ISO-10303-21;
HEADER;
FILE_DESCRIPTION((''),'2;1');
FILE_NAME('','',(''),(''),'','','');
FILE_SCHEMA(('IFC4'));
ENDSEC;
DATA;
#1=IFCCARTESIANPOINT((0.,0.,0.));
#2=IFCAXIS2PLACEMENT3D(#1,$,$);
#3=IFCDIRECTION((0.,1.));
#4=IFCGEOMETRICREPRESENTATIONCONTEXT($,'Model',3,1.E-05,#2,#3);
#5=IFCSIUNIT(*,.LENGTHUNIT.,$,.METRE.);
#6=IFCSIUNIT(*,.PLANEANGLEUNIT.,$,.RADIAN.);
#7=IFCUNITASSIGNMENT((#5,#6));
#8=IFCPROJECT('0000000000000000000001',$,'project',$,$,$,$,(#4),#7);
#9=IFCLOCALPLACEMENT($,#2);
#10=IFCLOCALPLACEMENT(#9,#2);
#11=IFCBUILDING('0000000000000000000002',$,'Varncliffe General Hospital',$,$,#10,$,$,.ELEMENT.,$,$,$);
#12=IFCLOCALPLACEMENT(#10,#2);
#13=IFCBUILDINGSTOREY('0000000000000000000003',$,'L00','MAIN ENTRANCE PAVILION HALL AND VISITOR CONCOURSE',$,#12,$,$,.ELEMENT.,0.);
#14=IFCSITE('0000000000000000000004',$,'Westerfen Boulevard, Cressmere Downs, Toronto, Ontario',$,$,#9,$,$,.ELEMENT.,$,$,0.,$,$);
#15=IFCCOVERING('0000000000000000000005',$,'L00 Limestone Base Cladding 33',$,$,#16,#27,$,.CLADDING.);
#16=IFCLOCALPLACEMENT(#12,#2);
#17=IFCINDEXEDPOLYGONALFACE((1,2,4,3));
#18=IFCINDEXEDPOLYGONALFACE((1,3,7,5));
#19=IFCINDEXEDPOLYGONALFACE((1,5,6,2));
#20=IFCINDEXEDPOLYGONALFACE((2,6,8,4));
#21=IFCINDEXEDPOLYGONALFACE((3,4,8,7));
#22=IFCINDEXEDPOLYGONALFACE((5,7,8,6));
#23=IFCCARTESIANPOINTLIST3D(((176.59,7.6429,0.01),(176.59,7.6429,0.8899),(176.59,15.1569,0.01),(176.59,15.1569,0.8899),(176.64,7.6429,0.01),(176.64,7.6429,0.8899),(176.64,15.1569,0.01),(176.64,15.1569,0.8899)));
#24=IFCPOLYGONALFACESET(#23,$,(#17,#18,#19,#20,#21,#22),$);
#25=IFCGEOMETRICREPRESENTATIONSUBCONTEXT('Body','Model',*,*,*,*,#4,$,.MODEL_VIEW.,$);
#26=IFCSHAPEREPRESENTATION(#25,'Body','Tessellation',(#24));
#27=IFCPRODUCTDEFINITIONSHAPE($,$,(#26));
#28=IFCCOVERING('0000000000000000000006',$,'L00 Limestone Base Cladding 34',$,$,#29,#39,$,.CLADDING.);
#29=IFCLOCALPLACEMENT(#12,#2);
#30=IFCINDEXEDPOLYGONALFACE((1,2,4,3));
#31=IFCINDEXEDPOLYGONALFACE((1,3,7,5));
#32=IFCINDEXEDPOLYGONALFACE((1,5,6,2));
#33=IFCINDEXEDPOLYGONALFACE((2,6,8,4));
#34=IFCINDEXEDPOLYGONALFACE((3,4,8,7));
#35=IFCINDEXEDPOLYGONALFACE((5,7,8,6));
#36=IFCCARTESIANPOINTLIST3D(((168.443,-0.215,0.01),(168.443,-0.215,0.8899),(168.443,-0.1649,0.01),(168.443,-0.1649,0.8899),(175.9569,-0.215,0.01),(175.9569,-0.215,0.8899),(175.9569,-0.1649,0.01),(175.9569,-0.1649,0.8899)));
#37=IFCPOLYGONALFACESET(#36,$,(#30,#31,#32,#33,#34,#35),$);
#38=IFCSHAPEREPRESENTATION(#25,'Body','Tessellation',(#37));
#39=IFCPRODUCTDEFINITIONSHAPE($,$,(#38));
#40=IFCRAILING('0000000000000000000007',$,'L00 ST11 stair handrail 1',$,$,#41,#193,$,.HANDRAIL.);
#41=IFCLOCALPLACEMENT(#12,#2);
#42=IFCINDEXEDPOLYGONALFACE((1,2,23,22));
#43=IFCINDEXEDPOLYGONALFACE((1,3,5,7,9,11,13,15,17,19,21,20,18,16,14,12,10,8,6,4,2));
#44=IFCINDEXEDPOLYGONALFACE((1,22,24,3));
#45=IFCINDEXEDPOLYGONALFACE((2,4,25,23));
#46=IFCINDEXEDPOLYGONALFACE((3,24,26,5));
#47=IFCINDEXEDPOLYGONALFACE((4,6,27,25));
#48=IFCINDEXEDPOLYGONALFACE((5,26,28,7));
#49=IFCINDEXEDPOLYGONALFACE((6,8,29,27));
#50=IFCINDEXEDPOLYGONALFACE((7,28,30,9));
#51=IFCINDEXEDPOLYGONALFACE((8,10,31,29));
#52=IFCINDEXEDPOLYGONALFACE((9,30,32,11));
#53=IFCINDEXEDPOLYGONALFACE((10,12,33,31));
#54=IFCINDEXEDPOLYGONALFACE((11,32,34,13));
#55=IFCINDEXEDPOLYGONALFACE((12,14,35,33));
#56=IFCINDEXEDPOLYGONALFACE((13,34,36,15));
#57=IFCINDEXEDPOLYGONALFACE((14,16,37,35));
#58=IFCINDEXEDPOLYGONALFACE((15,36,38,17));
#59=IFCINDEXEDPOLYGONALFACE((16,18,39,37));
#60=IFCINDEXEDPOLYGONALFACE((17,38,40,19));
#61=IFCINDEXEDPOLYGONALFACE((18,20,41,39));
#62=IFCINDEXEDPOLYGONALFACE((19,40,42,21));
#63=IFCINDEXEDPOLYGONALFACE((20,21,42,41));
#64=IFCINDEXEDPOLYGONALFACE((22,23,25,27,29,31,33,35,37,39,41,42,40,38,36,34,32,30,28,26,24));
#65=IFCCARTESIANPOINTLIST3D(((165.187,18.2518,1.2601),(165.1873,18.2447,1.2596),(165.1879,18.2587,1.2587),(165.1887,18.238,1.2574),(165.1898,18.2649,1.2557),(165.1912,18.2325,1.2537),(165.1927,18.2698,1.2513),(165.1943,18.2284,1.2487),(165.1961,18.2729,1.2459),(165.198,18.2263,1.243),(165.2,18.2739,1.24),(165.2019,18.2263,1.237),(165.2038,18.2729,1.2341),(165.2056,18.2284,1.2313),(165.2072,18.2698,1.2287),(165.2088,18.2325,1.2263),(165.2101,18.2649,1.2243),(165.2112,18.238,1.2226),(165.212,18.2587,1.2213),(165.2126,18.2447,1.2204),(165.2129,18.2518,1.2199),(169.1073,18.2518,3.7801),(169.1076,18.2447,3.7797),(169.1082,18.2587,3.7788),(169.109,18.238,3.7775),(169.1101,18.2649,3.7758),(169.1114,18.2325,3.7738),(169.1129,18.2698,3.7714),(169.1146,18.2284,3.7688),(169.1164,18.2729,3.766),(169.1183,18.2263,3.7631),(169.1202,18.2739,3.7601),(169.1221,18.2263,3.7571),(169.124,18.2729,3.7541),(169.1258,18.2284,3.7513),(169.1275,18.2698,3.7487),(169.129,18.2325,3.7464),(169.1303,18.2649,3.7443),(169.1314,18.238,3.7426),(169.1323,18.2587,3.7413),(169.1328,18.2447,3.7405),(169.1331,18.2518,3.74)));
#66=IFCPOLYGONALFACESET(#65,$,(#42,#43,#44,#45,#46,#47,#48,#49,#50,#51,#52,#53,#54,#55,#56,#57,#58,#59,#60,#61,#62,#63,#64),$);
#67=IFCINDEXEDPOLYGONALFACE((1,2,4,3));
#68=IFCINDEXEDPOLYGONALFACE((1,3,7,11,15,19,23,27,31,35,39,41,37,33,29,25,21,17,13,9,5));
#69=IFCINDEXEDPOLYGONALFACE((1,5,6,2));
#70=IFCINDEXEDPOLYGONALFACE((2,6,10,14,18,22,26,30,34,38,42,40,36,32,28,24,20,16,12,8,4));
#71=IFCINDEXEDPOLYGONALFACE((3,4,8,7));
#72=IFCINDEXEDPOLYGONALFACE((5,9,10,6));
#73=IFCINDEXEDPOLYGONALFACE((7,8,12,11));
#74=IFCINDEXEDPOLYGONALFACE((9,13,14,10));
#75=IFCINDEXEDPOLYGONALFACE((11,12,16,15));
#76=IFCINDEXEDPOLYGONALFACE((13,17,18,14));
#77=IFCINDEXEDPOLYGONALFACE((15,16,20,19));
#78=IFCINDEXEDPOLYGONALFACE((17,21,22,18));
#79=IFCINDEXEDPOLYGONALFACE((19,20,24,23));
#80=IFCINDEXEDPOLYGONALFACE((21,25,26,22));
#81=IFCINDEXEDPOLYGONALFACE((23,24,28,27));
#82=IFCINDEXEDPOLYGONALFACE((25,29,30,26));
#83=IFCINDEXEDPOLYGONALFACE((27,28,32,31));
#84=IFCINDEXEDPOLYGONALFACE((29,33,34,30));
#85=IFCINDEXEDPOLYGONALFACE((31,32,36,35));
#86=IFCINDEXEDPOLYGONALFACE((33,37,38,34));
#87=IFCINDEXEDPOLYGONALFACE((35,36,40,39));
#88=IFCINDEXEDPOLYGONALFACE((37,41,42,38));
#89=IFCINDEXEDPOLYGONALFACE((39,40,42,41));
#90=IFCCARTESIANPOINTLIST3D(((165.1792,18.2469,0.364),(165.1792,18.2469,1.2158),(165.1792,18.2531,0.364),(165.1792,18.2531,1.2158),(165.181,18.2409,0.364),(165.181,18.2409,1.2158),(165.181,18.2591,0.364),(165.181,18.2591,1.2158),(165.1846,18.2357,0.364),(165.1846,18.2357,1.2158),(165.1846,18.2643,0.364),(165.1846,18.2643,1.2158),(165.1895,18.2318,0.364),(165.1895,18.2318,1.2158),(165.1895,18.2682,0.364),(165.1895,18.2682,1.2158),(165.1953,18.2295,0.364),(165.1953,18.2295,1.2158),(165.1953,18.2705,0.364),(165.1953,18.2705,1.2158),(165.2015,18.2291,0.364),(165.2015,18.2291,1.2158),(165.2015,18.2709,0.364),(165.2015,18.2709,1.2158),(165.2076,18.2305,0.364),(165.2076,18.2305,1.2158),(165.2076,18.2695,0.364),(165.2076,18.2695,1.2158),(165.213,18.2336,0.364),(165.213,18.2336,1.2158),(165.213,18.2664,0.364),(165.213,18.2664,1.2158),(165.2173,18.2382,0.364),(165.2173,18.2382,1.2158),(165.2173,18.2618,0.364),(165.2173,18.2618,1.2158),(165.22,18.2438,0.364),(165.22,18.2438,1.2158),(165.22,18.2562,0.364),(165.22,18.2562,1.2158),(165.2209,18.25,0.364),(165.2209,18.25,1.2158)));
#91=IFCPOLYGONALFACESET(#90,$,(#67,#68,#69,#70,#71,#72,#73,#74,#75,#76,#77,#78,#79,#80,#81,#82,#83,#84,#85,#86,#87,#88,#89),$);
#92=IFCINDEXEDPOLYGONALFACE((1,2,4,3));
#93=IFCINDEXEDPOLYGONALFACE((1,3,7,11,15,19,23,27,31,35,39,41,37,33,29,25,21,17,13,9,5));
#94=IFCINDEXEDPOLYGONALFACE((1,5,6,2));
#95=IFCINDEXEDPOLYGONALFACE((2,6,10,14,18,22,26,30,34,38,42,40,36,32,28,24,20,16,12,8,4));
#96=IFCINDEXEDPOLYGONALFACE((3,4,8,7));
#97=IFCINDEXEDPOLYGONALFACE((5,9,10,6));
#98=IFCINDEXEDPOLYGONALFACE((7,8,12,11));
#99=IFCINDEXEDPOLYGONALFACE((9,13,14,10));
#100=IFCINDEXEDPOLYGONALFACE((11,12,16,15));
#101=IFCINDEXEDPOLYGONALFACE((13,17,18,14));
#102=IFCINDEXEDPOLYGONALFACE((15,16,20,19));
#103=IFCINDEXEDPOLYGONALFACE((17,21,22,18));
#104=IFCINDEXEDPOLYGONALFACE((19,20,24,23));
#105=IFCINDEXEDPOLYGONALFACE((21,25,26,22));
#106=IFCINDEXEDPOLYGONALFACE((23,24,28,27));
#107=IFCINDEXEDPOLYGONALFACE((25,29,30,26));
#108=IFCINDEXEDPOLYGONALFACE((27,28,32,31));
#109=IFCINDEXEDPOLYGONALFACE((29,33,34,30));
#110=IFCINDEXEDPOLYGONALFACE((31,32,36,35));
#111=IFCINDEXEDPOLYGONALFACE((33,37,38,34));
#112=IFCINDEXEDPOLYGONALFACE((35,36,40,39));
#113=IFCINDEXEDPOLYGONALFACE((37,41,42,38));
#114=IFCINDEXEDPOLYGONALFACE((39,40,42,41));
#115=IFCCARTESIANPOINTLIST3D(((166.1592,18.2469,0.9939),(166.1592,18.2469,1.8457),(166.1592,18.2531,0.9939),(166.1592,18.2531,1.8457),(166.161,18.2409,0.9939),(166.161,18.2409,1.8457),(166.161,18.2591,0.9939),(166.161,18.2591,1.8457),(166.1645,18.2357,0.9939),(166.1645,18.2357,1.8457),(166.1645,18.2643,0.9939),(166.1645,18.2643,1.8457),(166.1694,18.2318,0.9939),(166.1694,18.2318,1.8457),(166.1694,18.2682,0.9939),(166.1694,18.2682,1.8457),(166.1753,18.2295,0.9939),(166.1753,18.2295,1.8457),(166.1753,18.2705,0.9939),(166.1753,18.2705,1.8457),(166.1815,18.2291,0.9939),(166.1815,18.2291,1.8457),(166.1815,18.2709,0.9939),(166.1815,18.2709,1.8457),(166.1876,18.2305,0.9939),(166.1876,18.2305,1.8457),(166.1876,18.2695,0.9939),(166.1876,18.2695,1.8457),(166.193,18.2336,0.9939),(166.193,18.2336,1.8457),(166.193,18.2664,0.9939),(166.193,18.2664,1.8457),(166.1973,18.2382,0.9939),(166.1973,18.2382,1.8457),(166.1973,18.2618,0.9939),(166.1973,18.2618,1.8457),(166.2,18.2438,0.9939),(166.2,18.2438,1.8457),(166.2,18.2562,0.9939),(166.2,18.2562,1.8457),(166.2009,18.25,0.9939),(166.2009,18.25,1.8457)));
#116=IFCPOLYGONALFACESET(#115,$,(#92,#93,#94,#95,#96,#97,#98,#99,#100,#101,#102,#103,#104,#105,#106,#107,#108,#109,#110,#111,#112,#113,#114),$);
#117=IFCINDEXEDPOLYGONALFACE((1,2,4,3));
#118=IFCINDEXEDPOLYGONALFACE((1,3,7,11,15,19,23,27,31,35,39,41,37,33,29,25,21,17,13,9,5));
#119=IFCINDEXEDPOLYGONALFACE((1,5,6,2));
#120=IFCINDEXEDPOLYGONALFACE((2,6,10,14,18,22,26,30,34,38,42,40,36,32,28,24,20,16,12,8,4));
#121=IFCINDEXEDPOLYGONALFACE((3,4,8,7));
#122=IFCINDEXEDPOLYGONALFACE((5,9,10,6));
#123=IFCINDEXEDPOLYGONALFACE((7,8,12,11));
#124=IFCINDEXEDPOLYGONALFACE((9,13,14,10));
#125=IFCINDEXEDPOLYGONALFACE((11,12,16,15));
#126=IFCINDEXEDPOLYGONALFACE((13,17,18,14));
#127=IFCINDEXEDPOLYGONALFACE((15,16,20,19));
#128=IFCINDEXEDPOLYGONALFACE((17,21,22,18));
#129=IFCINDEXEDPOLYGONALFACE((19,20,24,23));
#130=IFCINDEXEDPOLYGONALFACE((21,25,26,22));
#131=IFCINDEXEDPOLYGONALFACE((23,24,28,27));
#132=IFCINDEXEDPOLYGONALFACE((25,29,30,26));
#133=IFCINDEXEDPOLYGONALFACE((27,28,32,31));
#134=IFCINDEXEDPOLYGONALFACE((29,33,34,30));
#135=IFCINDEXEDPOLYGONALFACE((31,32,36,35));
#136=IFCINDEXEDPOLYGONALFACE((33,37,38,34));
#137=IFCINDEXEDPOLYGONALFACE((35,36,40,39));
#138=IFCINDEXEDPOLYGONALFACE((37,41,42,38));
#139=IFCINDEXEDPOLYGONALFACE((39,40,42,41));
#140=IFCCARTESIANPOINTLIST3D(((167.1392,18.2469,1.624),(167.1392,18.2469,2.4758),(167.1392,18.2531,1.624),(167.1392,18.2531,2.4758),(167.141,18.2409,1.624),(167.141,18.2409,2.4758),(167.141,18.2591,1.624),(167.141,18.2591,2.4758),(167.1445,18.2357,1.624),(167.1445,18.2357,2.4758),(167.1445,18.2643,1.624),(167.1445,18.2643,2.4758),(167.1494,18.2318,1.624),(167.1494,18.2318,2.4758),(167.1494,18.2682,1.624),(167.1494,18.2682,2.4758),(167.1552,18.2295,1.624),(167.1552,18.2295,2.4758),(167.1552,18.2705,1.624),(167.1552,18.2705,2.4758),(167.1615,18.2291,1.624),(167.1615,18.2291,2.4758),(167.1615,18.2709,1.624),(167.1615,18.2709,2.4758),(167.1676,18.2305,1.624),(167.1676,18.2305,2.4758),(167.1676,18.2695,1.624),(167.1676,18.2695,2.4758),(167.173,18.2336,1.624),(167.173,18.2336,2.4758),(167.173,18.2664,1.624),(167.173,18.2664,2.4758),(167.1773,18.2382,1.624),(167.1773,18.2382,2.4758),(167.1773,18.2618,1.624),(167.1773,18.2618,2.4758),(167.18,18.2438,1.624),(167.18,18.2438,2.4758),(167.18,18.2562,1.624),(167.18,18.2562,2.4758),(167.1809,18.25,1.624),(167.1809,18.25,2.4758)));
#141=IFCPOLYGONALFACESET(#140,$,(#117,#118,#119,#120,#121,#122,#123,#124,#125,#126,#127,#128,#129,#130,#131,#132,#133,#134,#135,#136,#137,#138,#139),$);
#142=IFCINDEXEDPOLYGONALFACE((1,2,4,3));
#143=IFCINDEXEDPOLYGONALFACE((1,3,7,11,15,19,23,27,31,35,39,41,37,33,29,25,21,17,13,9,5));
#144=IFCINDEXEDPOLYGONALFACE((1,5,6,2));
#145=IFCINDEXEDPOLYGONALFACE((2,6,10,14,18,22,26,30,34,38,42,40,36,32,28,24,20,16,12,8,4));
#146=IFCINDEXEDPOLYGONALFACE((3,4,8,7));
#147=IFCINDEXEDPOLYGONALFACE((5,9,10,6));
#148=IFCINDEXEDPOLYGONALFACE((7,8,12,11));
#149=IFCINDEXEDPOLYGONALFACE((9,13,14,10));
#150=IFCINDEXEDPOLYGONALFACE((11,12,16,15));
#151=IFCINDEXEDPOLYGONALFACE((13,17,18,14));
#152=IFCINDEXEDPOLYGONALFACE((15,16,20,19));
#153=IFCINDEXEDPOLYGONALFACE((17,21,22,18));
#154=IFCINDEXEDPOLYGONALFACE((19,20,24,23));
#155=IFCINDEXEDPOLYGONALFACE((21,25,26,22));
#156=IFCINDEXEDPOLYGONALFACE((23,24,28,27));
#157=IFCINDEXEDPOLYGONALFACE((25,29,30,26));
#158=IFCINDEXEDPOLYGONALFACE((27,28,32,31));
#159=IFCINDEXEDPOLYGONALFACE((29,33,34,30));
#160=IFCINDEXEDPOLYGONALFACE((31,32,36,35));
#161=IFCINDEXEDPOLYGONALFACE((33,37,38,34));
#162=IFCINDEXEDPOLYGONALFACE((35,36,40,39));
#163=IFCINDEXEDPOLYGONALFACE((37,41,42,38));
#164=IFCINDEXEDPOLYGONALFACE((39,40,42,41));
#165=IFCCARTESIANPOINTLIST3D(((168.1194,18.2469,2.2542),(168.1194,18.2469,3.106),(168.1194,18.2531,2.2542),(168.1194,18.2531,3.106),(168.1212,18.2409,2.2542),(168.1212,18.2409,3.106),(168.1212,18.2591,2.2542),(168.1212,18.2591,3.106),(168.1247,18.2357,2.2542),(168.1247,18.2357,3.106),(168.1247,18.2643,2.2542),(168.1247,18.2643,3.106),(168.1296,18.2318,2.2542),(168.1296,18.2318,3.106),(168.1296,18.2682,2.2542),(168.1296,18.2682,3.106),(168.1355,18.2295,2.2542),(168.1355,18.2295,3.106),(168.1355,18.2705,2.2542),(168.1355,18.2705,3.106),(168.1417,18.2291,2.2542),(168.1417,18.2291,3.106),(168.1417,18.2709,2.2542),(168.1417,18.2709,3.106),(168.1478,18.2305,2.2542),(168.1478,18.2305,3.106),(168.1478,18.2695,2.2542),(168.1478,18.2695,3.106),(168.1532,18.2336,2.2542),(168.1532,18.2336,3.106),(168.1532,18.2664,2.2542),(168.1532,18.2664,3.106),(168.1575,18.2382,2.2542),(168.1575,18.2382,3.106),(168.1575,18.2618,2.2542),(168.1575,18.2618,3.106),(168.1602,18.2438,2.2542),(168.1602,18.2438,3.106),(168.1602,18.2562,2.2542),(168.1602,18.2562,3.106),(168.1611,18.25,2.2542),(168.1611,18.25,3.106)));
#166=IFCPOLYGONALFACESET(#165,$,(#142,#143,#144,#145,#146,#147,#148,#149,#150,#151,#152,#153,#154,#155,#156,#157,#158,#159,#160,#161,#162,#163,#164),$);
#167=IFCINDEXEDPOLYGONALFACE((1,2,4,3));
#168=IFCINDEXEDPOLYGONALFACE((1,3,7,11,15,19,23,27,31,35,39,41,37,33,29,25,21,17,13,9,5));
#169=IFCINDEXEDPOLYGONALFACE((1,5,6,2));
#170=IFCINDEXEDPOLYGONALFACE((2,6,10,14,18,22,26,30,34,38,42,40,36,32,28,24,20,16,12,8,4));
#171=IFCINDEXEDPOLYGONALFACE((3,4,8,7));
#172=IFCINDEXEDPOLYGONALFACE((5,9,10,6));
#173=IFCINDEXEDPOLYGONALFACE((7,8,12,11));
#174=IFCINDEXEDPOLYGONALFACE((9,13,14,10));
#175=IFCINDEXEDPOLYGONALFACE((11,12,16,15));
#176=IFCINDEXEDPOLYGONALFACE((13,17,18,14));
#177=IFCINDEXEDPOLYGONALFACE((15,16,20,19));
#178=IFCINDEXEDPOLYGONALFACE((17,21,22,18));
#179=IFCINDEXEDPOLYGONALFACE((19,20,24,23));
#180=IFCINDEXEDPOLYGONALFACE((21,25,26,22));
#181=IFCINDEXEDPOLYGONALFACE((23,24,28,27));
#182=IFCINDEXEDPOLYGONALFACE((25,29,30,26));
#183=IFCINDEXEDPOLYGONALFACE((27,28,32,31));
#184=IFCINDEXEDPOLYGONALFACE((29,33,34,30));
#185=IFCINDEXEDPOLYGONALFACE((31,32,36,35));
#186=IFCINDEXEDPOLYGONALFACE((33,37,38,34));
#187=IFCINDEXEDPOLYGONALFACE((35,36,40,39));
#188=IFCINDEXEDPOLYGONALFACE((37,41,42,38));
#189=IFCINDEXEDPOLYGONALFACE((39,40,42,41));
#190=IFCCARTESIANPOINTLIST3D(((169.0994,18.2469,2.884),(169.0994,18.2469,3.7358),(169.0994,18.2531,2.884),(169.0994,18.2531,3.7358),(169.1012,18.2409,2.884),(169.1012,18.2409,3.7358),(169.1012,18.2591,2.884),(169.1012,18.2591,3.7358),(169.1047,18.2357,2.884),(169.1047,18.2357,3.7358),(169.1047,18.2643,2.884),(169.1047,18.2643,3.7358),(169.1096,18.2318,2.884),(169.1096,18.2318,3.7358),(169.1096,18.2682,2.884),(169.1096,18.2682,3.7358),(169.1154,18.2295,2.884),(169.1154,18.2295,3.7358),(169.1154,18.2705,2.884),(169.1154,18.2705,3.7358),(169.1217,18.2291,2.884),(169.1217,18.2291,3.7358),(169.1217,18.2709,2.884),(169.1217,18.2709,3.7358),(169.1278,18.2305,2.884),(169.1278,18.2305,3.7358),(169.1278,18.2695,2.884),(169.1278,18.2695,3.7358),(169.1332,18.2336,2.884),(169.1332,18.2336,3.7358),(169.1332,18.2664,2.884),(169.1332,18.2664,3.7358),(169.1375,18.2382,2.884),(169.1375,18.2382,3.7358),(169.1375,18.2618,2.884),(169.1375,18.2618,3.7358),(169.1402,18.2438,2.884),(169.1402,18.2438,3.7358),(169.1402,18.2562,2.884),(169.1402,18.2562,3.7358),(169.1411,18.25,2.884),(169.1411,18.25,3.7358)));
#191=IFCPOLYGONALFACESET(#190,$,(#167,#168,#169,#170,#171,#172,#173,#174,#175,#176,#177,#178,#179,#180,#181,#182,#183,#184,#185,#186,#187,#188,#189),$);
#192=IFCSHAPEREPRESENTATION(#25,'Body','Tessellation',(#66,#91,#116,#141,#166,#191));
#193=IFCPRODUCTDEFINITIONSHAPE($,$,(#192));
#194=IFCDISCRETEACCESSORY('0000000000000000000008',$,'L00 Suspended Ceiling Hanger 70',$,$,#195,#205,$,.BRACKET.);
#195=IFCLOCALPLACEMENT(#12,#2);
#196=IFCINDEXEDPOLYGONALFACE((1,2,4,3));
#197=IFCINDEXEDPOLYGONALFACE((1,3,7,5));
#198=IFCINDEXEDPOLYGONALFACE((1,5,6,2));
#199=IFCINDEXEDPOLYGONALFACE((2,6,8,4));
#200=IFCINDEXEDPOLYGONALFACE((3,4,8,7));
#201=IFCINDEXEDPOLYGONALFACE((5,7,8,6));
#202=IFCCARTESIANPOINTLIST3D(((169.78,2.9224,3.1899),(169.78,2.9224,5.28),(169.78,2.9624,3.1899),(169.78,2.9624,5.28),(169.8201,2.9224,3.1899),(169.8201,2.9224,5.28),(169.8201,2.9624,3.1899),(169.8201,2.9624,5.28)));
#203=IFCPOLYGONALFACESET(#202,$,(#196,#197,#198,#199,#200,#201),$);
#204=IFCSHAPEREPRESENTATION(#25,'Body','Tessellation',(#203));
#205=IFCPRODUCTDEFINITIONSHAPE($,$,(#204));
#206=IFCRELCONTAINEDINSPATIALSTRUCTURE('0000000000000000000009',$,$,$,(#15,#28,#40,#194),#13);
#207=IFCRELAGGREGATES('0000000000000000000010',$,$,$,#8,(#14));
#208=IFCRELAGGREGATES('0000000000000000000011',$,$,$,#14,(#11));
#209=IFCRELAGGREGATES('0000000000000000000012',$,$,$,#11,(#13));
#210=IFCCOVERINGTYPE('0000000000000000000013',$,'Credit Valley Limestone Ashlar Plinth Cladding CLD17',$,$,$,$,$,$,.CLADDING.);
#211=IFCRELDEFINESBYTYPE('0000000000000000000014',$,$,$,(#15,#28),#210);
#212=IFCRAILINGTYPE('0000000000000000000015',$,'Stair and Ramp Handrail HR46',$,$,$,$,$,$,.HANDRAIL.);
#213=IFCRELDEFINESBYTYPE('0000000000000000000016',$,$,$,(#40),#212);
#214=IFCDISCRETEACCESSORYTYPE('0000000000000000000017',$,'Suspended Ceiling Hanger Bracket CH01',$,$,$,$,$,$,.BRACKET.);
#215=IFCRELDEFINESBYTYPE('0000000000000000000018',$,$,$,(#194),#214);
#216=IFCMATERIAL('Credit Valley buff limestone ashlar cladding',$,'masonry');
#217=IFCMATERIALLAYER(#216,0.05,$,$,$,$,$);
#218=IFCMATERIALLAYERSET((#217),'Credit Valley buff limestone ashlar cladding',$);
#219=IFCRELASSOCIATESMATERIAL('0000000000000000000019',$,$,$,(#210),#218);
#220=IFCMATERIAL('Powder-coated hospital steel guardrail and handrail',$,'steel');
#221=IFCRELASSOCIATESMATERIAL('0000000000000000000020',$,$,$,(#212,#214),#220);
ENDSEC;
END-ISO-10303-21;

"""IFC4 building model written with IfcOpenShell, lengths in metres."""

from ifc_helpers import new_model, si_unit, direction, frame, origin, origin_2d, place, context, subcontext, project, spatial, rectangle, circle, extrude, material, layer, layer_set, type_object, element, save


model = new_model("IFC4")

# Units and contexts
model_context = context("Model", 3, precision=1e-05, world=origin(), true_north=direction((0.0, 1.0)))
body_context = subcontext(model_context, "Body", "Model", "MODEL_VIEW")
ifc_project = project(units=[si_unit("LENGTHUNIT", "METRE"), si_unit("PLANEANGLEUNIT", "RADIAN")], contexts=[model_context])

# Site, building, storey
site_placement = place(None, origin())
site = spatial("IfcSite", under=ifc_project, at=site_placement, Name="Westerfen Boulevard, Cressmere Downs, Toronto, Ontario", CompositionType="ELEMENT", RefElevation=0.0)
building_placement = place(site_placement, origin())
building = spatial("IfcBuilding", under=site, at=building_placement, Name="Varncliffe General Hospital", CompositionType="ELEMENT")
storey_placement = place(building_placement, origin())
storey = spatial("IfcBuildingStorey", under=building, at=storey_placement, Name="L00", Description="MAIN ENTRANCE PAVILION HALL AND VISITOR CONCOURSE", CompositionType="ELEMENT", Elevation=0.0)

# Coverings
ifc_material_1 = material(Name="Credit Valley buff limestone ashlar cladding", Category="masonry")
ifc_layer_1 = layer(ifc_material_1, 0.05)
ifc_layer_set_1 = layer_set([ifc_layer_1], Name="Credit Valley buff limestone ashlar cladding")
covering_type = type_object("IfcCoveringType", Name="Credit Valley Limestone Ashlar Plinth Cladding CLD17", PredefinedType="CLADDING", material=ifc_layer_set_1)
for number, where, z_axis, x_axis, name in (
    (1, (176.615, 11.3999, 0.01), (0.0, 0.0, 1.0), (0.0, -1.0, 0.0), "L00 Limestone Base Cladding 33"),
    (2, (172.2, -0.1899, 0.01), (0.0, 0.0, 1.0), (-1.0, 0.0, 0.0), "L00 Limestone Base Cladding 34"),
):
    element("IfcCovering", number, at=place(storey_placement, frame(where, z_axis=z_axis, x_axis=x_axis)), inside=storey, type_object=covering_type, Name=name, PredefinedType="CLADDING", context=body_context, shape_type="SweptSolid", body=[
        extrude(rectangle(XDim=7.5139, YDim=0.05, at=origin_2d()), origin(), (0.0, 0.0, 1.0), 0.8799),
    ])

# Railing
ifc_material_2 = material(Name="Powder-coated hospital steel guardrail and handrail", Category="steel")
railing_type = type_object("IfcRailingType", Name="Stair and Ramp Handrail HR46", PredefinedType="HANDRAIL", material=ifc_material_2)
railing_placement = place(storey_placement, frame((165.2, 18.25, 0.364)))
element("IfcRailing", 3, at=railing_placement, inside=storey, type_object=railing_type, Name="L00 ST11 stair handrail 1", PredefinedType="HANDRAIL", context=body_context, shape_type="SweptSolid", body=[
    extrude(circle(Radius=0.0239, at=origin_2d()), frame((0.0, 0.0, 0.876), z_axis=(0.841187, 0.0, 0.540744), x_axis=(0.0, 1.0, 0.0)), (0.0, 0.0, 1.0), 4.6604),
    extrude(circle(Radius=0.021, at=origin_2d()), origin(), (0.0, 0.0, 1.0), 0.8518),
    extrude(circle(Radius=0.021, at=origin_2d()), frame((0.98, 0.0, 0.6299)), (0.0, 0.0, 1.0), 0.8518),
    extrude(circle(Radius=0.021, at=origin_2d()), frame((1.96, 0.0, 1.26)), (0.0, 0.0, 1.0), 0.8518),
    extrude(circle(Radius=0.021, at=origin_2d()), frame((2.9402, 0.0, 1.8901)), (0.0, 0.0, 1.0), 0.8518),
    extrude(circle(Radius=0.021, at=origin_2d()), frame((3.9202, 0.0, 2.52)), (0.0, 0.0, 1.0), 0.8518),
])

# Discrete accessory
discrete_accessory_type = type_object("IfcDiscreteAccessoryType", Name="Suspended Ceiling Hanger Bracket CH01", PredefinedType="BRACKET", material=ifc_material_2)
for number, where, z_axis, x_axis, name in (
    (4, (169.8, 2.9424, 3.1899), (0.0, 0.0, 1.0), (1.0, 0.0, 0.0), "L00 Suspended Ceiling Hanger 70"),
):
    element("IfcDiscreteAccessory", number, at=place(storey_placement, frame(where, z_axis=z_axis, x_axis=x_axis)), inside=storey, type_object=discrete_accessory_type, Name=name, PredefinedType="BRACKET", context=body_context, shape_type="SweptSolid", body=[
        extrude(rectangle(XDim=0.04, YDim=0.04, at=origin_2d()), origin(), (0.0, 0.0, 1.0), 2.0901),
    ])

save(model, "model.ifc")
